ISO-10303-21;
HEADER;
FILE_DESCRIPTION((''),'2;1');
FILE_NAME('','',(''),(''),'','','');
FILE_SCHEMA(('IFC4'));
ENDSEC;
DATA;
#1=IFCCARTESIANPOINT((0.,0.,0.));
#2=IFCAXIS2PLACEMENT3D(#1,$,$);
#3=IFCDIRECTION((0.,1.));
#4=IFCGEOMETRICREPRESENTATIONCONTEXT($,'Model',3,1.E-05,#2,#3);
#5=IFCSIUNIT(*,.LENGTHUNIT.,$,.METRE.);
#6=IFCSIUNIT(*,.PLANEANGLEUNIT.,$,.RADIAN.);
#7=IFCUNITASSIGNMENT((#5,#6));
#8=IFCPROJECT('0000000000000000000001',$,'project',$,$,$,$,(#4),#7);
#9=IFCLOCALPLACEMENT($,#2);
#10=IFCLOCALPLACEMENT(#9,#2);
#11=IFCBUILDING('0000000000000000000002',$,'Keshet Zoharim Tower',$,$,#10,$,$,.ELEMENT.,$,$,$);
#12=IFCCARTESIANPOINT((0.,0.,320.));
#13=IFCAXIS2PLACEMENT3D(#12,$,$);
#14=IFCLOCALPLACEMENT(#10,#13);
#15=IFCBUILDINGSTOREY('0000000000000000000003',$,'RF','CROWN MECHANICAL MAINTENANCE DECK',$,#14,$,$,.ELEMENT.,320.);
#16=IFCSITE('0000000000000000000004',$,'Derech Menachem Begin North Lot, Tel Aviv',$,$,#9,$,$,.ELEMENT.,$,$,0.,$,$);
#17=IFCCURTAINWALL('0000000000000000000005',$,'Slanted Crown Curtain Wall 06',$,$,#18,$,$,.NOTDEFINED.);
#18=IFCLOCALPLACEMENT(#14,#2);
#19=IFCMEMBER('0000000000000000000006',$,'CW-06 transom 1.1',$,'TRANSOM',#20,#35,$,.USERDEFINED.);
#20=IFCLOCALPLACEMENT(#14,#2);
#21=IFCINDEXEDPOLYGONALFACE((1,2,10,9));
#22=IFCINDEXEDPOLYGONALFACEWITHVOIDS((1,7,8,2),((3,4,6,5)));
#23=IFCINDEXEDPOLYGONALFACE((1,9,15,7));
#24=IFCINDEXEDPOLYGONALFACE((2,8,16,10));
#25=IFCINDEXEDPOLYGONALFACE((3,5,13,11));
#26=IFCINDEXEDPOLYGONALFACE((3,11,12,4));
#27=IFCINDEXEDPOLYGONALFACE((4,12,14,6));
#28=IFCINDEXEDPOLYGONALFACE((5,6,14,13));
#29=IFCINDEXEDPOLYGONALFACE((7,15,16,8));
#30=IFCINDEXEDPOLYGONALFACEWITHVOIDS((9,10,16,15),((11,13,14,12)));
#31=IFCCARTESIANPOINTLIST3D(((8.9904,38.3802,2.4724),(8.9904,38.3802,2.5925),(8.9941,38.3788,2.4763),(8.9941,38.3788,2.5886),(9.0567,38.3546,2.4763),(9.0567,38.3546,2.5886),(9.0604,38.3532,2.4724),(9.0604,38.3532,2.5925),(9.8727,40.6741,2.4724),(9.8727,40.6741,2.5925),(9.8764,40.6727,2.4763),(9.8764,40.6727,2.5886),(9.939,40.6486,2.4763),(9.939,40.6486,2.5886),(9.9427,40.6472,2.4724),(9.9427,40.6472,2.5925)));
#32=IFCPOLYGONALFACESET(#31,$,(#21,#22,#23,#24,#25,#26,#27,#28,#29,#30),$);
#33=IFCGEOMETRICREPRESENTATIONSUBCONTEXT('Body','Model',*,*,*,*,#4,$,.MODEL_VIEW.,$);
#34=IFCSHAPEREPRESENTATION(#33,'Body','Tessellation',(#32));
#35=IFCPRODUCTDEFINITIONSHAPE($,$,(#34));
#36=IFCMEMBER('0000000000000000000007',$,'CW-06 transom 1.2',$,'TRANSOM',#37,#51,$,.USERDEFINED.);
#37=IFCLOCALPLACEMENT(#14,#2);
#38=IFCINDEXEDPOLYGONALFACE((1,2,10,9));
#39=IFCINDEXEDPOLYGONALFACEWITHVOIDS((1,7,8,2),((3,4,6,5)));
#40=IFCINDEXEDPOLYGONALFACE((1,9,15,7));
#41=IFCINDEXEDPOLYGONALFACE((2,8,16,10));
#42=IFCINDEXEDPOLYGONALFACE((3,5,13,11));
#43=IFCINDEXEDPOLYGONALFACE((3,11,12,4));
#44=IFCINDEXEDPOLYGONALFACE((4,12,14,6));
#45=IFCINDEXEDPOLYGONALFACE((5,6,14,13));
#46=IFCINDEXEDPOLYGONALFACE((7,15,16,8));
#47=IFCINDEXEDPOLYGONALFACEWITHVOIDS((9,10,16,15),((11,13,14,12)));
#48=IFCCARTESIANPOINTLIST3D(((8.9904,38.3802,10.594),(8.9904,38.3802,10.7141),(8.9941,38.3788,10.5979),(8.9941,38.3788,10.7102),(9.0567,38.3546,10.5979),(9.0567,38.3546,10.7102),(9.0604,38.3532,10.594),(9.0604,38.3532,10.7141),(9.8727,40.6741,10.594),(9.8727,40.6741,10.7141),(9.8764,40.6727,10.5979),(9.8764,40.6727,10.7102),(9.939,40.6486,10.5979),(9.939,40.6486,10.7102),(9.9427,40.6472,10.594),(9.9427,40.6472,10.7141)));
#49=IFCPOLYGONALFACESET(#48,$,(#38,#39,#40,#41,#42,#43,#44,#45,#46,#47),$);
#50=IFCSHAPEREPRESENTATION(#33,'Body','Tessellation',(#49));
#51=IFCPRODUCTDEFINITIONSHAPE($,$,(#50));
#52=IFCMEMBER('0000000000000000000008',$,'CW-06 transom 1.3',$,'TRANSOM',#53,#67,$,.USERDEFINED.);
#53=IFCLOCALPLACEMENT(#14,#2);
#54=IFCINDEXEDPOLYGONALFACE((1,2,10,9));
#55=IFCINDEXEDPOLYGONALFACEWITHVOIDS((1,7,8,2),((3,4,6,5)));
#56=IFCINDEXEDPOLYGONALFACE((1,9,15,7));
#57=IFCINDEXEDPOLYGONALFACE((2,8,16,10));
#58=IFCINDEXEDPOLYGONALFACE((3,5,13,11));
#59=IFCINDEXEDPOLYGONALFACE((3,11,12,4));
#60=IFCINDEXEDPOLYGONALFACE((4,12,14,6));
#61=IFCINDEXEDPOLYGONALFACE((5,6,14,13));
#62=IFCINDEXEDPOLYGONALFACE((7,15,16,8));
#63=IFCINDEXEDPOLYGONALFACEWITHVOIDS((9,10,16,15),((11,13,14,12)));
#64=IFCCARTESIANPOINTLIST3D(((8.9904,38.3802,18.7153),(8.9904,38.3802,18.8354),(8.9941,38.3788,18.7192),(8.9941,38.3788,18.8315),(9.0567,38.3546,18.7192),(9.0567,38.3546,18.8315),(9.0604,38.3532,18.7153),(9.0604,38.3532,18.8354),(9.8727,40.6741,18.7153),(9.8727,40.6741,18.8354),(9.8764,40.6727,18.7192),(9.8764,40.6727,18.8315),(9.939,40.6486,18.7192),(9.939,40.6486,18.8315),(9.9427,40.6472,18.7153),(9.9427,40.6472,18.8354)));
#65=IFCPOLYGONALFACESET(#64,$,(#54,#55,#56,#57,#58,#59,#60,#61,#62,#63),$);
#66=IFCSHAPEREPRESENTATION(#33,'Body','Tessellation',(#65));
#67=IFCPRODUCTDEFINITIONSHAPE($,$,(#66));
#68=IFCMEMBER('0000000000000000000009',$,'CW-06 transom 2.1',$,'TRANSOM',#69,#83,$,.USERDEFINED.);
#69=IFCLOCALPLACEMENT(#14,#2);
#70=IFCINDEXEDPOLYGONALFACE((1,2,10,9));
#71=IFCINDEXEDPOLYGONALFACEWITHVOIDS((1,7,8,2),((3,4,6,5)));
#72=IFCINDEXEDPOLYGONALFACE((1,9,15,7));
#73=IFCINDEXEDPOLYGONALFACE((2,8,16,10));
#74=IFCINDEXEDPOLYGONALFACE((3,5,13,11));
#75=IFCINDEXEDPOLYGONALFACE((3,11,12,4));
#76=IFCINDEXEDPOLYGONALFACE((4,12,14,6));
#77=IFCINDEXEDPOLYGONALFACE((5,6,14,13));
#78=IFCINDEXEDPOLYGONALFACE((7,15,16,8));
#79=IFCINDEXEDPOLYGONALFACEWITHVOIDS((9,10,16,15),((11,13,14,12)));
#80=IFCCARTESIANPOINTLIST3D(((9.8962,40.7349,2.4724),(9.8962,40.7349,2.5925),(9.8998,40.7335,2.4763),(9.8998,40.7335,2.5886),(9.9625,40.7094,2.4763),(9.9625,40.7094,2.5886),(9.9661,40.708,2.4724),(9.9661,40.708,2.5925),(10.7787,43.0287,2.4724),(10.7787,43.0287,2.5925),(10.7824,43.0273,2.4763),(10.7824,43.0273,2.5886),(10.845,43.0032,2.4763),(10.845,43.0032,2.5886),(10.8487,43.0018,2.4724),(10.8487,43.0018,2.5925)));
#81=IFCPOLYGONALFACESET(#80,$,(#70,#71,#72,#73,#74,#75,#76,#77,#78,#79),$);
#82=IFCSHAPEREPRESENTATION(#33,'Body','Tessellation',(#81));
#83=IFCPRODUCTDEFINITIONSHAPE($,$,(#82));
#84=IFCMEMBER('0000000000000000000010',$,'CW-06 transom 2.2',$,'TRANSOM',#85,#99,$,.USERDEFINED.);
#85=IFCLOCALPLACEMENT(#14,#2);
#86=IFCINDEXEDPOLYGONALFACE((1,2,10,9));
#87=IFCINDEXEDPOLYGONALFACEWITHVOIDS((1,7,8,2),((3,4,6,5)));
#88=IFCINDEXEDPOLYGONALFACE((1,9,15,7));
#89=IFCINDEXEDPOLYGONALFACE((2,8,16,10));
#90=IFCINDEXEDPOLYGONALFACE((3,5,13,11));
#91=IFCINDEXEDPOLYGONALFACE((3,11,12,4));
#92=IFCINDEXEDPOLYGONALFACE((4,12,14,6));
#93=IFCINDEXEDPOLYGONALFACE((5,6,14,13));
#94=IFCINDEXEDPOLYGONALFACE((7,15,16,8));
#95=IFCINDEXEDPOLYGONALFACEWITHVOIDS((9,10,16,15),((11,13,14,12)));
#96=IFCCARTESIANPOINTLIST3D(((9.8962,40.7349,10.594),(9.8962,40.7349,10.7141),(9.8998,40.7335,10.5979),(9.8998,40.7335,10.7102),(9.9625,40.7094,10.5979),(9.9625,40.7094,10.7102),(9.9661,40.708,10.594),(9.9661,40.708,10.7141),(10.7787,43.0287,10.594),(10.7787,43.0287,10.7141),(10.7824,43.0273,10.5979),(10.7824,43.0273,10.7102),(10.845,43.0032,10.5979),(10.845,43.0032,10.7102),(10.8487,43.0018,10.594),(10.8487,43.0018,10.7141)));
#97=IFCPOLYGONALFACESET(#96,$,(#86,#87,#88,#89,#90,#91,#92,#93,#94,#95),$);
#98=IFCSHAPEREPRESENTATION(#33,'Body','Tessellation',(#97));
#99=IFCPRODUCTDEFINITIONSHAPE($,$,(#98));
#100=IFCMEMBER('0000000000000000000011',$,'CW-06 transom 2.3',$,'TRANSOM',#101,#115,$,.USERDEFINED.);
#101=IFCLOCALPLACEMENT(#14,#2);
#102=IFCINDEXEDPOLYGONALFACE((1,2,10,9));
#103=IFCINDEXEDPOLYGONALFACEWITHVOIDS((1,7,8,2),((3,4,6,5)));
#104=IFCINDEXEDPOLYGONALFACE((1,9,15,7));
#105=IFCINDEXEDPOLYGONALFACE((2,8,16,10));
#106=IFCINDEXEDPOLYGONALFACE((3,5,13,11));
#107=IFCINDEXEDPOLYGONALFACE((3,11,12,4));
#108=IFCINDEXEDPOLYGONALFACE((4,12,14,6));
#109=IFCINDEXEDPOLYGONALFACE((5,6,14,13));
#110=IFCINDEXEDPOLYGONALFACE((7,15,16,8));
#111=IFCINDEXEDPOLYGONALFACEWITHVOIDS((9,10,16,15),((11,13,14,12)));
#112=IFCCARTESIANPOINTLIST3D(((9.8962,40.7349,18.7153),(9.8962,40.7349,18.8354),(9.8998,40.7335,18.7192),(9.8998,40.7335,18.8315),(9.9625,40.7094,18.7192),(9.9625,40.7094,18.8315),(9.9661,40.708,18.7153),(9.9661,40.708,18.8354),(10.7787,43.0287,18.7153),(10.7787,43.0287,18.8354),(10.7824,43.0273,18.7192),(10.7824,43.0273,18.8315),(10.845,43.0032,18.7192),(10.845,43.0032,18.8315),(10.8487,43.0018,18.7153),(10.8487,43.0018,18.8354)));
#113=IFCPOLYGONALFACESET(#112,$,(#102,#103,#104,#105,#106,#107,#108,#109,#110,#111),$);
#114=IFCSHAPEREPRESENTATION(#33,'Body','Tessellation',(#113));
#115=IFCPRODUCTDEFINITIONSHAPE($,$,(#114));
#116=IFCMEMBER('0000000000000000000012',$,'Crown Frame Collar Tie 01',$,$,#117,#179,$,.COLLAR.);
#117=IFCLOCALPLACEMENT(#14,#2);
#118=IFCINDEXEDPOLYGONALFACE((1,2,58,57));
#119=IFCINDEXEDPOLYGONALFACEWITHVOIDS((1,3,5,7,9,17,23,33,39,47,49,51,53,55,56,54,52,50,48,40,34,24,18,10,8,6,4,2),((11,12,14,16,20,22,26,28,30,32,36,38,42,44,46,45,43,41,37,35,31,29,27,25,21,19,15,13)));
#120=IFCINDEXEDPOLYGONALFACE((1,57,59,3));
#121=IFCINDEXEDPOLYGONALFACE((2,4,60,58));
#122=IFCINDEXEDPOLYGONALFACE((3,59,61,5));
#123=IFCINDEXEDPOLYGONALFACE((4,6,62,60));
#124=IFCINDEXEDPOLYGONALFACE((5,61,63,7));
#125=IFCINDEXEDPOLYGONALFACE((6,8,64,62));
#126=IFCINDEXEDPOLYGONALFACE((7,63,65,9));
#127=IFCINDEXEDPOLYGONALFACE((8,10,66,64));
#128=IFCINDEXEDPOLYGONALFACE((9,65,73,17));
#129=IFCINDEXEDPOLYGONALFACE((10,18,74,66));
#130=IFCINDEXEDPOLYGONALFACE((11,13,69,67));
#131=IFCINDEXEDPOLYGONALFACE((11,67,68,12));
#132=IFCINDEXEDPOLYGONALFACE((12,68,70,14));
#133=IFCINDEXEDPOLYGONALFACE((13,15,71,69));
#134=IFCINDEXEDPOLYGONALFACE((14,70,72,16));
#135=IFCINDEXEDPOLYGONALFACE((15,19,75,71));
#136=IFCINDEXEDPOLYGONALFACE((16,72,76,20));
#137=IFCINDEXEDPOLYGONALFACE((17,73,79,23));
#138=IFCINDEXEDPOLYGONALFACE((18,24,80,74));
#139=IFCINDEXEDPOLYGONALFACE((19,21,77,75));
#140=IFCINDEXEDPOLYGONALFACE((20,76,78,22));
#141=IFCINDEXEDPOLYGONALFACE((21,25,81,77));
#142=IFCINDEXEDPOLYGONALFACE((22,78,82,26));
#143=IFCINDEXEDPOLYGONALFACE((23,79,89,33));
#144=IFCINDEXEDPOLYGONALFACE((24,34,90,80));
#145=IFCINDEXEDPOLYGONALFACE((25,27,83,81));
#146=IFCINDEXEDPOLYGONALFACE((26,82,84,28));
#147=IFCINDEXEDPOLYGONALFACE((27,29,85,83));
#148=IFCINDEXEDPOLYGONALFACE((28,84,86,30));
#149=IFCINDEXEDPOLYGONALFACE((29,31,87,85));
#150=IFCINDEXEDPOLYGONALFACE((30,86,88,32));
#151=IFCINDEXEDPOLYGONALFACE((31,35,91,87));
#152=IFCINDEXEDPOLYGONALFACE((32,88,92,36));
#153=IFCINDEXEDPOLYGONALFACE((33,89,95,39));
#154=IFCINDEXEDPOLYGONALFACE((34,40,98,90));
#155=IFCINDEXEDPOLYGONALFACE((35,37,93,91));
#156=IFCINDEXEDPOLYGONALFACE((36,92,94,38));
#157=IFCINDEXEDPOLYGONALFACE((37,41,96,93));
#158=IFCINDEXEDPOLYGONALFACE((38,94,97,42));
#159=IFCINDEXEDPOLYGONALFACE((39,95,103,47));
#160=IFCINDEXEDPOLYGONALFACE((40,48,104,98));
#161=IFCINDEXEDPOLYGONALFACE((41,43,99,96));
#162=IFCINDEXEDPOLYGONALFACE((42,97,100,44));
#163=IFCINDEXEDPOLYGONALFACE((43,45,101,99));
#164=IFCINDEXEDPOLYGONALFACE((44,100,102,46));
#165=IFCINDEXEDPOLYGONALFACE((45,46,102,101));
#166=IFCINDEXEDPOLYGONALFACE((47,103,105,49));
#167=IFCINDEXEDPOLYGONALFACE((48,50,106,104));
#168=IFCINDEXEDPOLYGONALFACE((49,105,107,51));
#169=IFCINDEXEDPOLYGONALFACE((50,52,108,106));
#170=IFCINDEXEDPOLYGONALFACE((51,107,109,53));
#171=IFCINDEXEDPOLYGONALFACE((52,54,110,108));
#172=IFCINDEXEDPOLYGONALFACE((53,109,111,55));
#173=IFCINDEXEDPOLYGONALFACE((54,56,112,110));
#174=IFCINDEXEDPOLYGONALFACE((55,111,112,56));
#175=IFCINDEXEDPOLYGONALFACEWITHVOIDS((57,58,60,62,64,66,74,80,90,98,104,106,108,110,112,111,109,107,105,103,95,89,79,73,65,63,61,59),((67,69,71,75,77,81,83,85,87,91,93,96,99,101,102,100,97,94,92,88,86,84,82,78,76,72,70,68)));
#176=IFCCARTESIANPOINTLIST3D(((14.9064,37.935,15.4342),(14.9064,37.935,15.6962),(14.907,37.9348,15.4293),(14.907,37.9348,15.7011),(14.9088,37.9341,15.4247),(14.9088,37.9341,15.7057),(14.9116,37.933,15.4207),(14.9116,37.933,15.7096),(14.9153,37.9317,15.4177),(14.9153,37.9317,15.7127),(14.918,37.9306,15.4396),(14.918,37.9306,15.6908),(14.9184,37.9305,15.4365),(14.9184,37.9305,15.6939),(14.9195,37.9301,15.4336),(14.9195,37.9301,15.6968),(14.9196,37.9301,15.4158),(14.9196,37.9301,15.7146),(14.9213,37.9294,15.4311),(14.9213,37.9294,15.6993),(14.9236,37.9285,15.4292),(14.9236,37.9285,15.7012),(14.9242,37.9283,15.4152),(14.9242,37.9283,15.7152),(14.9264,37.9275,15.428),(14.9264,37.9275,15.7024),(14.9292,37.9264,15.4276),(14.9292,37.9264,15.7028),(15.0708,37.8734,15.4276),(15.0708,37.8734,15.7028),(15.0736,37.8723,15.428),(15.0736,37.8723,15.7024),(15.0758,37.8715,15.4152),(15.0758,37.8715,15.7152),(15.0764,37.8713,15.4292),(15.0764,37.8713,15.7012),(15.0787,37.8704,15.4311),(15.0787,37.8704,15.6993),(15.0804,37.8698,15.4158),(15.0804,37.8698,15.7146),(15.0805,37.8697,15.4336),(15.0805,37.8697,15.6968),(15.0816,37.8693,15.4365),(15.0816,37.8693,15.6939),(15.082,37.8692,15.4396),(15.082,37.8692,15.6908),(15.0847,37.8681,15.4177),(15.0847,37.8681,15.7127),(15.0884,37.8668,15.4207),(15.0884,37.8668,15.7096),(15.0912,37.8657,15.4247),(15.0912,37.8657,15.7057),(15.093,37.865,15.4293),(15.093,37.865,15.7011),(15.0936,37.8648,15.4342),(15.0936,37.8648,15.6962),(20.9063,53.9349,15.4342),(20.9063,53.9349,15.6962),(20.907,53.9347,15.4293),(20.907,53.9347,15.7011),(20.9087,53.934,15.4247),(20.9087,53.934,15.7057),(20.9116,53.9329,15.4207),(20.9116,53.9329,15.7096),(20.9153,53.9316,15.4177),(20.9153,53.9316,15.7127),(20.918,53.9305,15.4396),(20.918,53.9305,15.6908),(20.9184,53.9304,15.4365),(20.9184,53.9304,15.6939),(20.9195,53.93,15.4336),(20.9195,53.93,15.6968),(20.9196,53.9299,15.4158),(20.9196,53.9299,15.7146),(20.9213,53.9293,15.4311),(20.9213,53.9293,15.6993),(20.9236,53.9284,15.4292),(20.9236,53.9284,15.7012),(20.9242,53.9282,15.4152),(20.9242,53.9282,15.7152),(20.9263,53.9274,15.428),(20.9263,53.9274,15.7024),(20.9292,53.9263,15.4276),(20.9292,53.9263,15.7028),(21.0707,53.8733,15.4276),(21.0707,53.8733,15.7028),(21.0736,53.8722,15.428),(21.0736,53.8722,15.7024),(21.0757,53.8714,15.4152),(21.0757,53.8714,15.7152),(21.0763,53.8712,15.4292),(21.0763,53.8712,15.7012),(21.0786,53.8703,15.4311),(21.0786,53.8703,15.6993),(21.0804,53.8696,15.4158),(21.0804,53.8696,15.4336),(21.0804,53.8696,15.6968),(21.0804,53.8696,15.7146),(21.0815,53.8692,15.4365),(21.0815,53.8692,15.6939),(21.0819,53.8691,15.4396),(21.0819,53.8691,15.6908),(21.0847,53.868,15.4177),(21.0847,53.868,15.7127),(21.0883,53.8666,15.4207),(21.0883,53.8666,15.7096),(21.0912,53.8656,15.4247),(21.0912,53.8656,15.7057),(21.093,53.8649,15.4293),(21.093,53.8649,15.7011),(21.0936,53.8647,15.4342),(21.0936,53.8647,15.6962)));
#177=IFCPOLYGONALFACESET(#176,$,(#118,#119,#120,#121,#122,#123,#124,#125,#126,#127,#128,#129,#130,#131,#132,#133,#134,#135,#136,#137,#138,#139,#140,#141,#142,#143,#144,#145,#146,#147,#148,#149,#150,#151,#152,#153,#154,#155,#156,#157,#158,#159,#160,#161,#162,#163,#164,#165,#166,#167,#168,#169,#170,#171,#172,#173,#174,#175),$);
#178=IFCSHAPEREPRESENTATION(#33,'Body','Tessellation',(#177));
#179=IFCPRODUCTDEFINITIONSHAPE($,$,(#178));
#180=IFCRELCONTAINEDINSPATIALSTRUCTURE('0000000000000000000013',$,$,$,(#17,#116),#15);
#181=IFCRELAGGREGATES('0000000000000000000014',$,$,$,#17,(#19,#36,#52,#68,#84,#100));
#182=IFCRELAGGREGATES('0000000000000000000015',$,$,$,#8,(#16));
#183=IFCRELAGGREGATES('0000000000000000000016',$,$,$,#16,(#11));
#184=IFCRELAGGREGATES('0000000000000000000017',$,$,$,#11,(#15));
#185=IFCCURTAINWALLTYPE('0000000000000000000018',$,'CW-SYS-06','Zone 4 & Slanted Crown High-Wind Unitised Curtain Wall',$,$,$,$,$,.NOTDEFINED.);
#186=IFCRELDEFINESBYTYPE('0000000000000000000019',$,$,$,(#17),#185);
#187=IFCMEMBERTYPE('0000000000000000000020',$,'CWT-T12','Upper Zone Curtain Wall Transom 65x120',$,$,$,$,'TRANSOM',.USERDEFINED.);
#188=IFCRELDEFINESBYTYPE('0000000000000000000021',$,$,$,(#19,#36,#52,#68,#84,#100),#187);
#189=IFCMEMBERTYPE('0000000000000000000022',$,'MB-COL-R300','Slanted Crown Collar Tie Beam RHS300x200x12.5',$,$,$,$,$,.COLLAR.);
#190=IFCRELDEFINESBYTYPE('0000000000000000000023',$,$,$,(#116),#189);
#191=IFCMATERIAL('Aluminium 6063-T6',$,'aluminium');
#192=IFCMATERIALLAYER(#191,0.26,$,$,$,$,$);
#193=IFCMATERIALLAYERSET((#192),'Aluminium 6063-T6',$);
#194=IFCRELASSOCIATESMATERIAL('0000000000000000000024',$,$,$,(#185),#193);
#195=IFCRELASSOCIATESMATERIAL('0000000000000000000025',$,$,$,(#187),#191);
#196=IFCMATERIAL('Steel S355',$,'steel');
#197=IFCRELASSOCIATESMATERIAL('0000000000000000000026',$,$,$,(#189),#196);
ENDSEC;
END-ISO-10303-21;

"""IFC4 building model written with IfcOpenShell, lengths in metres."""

from ifc_helpers import new_model, si_unit, direction, frame, origin, origin_2d, place, context, subcontext, project, spatial, hollow_rectangle, extrude, material, layer, layer_set, material_profile, profile_set, type_object, element, aggregate, save


model = new_model("IFC4")

# Units and contexts
model_context = context("Model", 3, precision=1e-05, world=origin(), true_north=direction((0.0, 1.0)))
body_context = subcontext(model_context, "Body", "Model", "MODEL_VIEW")
ifc_project = project(units=[si_unit("LENGTHUNIT", "METRE"), si_unit("PLANEANGLEUNIT", "RADIAN")], contexts=[model_context])

# Site, building, storey
site_placement = place(None, origin())
site = spatial("IfcSite", under=ifc_project, at=site_placement, Name="Derech Menachem Begin North Lot, Tel Aviv", CompositionType="ELEMENT", RefElevation=0.0)
building_placement = place(site_placement, origin())
building = spatial("IfcBuilding", under=site, at=building_placement, Name="Keshet Zoharim Tower", CompositionType="ELEMENT")
storey_placement = place(building_placement, frame((0.0, 0.0, 320.0)))
storey = spatial("IfcBuildingStorey", under=building, at=storey_placement, Name="RF", Description="CROWN MECHANICAL MAINTENANCE DECK", CompositionType="ELEMENT", Elevation=320.0)

# Curtain wall, members
ifc_material_1 = material(Name="Aluminium 6063-T6", Category="aluminium")
ifc_layer_1 = layer(ifc_material_1, 0.26)
ifc_layer_set_1 = layer_set([ifc_layer_1], Name="Aluminium 6063-T6")
curtain_wall_type = type_object("IfcCurtainWallType", Name="CW-SYS-06", Description="Zone 4 & Slanted Crown High-Wind Unitised Curtain Wall", PredefinedType="NOTDEFINED", material=ifc_layer_set_1)
ifc_material_profile_1 = material_profile(ifc_material_1, hollow_rectangle(XDim=0.075, YDim=0.1201, WallThickness=0.0039, at=origin_2d()), Name="TRN-75x120")
ifc_profile_set_1 = profile_set([ifc_material_profile_1], Name="Aluminium 6063-T6")
member_type_1 = type_object("IfcMemberType", Name="CWT-T12", Description="Upper Zone Curtain Wall Transom 65x120", ElementType="TRANSOM", PredefinedType="USERDEFINED", material=ifc_profile_set_1)
curtain_wall_1_placement = place(storey_placement, origin())
curtain_wall_1 = element("IfcCurtainWall", 1, at=curtain_wall_1_placement, inside=storey, type_object=curtain_wall_type, Name="Slanted Crown Curtain Wall 06", PredefinedType="NOTDEFINED")
member_1_placement = place(storey_placement, frame((9.0254, 38.3667, 2.5325), z_axis=(0.358992, 0.93334, 0.0), x_axis=(-0.93334, 0.358992, 0.0)))
member_1 = element("IfcMember", 2, at=member_1_placement, type_object=member_type_1, Name="CW-06 transom 1.1", ObjectType="TRANSOM", PredefinedType="USERDEFINED", context=body_context, shape_type="SweptSolid", body=[
    extrude(hollow_rectangle(XDim=0.075, YDim=0.1201, WallThickness=0.0039, at=origin_2d()), origin(), (0.0, 0.0, 1.0), 2.4578),
])
member_2_placement = place(storey_placement, frame((9.0254, 38.3667, 10.6541), z_axis=(0.358992, 0.93334, 0.0), x_axis=(-0.93334, 0.358992, 0.0)))
member_2 = element("IfcMember", 3, at=member_2_placement, type_object=member_type_1, Name="CW-06 transom 1.2", ObjectType="TRANSOM", PredefinedType="USERDEFINED", context=body_context, shape_type="SweptSolid", body=[
    extrude(hollow_rectangle(XDim=0.075, YDim=0.1201, WallThickness=0.0039, at=origin_2d()), origin(), (0.0, 0.0, 1.0), 2.4578),
])
member_3_placement = place(storey_placement, frame((9.0254, 38.3667, 18.7754), z_axis=(0.358992, 0.93334, 0.0), x_axis=(-0.93334, 0.358992, 0.0)))
member_3 = element("IfcMember", 4, at=member_3_placement, type_object=member_type_1, Name="CW-06 transom 1.3", ObjectType="TRANSOM", PredefinedType="USERDEFINED", context=body_context, shape_type="SweptSolid", body=[
    extrude(hollow_rectangle(XDim=0.075, YDim=0.1201, WallThickness=0.0039, at=origin_2d()), origin(), (0.0, 0.0, 1.0), 2.4578),
])
member_4_placement = place(storey_placement, frame((9.9312, 40.7214, 2.5325), z_axis=(0.359079, 0.933307, 0.0), x_axis=(-0.933307, 0.359079, 0.0)))
member_4 = element("IfcMember", 5, at=member_4_placement, type_object=member_type_1, Name="CW-06 transom 2.1", ObjectType="TRANSOM", PredefinedType="USERDEFINED", context=body_context, shape_type="SweptSolid", body=[
    extrude(hollow_rectangle(XDim=0.075, YDim=0.1201, WallThickness=0.0039, at=origin_2d()), origin(), (0.0, 0.0, 1.0), 2.4578),
])
member_5_placement = place(storey_placement, frame((9.9312, 40.7214, 10.6541), z_axis=(0.359079, 0.933307, 0.0), x_axis=(-0.933307, 0.359079, 0.0)))
member_5 = element("IfcMember", 6, at=member_5_placement, type_object=member_type_1, Name="CW-06 transom 2.2", ObjectType="TRANSOM", PredefinedType="USERDEFINED", context=body_context, shape_type="SweptSolid", body=[
    extrude(hollow_rectangle(XDim=0.075, YDim=0.1201, WallThickness=0.0039, at=origin_2d()), origin(), (0.0, 0.0, 1.0), 2.4578),
])
member_6_placement = place(storey_placement, frame((9.9312, 40.7214, 18.7754), z_axis=(0.359079, 0.933307, 0.0), x_axis=(-0.933307, 0.359079, 0.0)))
member_6 = element("IfcMember", 7, at=member_6_placement, type_object=member_type_1, Name="CW-06 transom 2.3", ObjectType="TRANSOM", PredefinedType="USERDEFINED", context=body_context, shape_type="SweptSolid", body=[
    extrude(hollow_rectangle(XDim=0.075, YDim=0.1201, WallThickness=0.0039, at=origin_2d()), origin(), (0.0, 0.0, 1.0), 2.4578),
])

# Member
ifc_material_2 = material(Name="Steel S355", Category="steel")
ifc_material_profile_2 = material_profile(ifc_material_2, hollow_rectangle(XDim=0.2, YDim=0.3, WallThickness=0.0125, InnerFilletRadius=0.012, OuterFilletRadius=0.019, at=origin_2d()), Name="RHS300x200x12.5")
ifc_profile_set_2 = profile_set([ifc_material_profile_2], Name="Steel S355")
member_type_2 = type_object("IfcMemberType", Name="MB-COL-R300", Description="Slanted Crown Collar Tie Beam RHS300x200x12.5", PredefinedType="COLLAR", material=ifc_profile_set_2)
member_7_placement = place(storey_placement, frame((15.0, 37.8999, 15.5652), z_axis=(0.351123, 0.936329, 0.0), x_axis=(-0.936329, 0.351123, 0.0)))
element("IfcMember", 8, at=member_7_placement, inside=storey, type_object=member_type_2, Name="Crown Frame Collar Tie 01", PredefinedType="COLLAR", context=body_context, shape_type="SweptSolid", body=[
    extrude(hollow_rectangle(XDim=0.2, YDim=0.3, WallThickness=0.0125, InnerFilletRadius=0.012, OuterFilletRadius=0.019, at=origin_2d()), origin(), (0.0, 0.0, 1.0), 17.0879),
])

aggregate(curtain_wall_1, [member_1, member_2, member_3, member_4, member_5, member_6])

save(model, "model.ifc")
